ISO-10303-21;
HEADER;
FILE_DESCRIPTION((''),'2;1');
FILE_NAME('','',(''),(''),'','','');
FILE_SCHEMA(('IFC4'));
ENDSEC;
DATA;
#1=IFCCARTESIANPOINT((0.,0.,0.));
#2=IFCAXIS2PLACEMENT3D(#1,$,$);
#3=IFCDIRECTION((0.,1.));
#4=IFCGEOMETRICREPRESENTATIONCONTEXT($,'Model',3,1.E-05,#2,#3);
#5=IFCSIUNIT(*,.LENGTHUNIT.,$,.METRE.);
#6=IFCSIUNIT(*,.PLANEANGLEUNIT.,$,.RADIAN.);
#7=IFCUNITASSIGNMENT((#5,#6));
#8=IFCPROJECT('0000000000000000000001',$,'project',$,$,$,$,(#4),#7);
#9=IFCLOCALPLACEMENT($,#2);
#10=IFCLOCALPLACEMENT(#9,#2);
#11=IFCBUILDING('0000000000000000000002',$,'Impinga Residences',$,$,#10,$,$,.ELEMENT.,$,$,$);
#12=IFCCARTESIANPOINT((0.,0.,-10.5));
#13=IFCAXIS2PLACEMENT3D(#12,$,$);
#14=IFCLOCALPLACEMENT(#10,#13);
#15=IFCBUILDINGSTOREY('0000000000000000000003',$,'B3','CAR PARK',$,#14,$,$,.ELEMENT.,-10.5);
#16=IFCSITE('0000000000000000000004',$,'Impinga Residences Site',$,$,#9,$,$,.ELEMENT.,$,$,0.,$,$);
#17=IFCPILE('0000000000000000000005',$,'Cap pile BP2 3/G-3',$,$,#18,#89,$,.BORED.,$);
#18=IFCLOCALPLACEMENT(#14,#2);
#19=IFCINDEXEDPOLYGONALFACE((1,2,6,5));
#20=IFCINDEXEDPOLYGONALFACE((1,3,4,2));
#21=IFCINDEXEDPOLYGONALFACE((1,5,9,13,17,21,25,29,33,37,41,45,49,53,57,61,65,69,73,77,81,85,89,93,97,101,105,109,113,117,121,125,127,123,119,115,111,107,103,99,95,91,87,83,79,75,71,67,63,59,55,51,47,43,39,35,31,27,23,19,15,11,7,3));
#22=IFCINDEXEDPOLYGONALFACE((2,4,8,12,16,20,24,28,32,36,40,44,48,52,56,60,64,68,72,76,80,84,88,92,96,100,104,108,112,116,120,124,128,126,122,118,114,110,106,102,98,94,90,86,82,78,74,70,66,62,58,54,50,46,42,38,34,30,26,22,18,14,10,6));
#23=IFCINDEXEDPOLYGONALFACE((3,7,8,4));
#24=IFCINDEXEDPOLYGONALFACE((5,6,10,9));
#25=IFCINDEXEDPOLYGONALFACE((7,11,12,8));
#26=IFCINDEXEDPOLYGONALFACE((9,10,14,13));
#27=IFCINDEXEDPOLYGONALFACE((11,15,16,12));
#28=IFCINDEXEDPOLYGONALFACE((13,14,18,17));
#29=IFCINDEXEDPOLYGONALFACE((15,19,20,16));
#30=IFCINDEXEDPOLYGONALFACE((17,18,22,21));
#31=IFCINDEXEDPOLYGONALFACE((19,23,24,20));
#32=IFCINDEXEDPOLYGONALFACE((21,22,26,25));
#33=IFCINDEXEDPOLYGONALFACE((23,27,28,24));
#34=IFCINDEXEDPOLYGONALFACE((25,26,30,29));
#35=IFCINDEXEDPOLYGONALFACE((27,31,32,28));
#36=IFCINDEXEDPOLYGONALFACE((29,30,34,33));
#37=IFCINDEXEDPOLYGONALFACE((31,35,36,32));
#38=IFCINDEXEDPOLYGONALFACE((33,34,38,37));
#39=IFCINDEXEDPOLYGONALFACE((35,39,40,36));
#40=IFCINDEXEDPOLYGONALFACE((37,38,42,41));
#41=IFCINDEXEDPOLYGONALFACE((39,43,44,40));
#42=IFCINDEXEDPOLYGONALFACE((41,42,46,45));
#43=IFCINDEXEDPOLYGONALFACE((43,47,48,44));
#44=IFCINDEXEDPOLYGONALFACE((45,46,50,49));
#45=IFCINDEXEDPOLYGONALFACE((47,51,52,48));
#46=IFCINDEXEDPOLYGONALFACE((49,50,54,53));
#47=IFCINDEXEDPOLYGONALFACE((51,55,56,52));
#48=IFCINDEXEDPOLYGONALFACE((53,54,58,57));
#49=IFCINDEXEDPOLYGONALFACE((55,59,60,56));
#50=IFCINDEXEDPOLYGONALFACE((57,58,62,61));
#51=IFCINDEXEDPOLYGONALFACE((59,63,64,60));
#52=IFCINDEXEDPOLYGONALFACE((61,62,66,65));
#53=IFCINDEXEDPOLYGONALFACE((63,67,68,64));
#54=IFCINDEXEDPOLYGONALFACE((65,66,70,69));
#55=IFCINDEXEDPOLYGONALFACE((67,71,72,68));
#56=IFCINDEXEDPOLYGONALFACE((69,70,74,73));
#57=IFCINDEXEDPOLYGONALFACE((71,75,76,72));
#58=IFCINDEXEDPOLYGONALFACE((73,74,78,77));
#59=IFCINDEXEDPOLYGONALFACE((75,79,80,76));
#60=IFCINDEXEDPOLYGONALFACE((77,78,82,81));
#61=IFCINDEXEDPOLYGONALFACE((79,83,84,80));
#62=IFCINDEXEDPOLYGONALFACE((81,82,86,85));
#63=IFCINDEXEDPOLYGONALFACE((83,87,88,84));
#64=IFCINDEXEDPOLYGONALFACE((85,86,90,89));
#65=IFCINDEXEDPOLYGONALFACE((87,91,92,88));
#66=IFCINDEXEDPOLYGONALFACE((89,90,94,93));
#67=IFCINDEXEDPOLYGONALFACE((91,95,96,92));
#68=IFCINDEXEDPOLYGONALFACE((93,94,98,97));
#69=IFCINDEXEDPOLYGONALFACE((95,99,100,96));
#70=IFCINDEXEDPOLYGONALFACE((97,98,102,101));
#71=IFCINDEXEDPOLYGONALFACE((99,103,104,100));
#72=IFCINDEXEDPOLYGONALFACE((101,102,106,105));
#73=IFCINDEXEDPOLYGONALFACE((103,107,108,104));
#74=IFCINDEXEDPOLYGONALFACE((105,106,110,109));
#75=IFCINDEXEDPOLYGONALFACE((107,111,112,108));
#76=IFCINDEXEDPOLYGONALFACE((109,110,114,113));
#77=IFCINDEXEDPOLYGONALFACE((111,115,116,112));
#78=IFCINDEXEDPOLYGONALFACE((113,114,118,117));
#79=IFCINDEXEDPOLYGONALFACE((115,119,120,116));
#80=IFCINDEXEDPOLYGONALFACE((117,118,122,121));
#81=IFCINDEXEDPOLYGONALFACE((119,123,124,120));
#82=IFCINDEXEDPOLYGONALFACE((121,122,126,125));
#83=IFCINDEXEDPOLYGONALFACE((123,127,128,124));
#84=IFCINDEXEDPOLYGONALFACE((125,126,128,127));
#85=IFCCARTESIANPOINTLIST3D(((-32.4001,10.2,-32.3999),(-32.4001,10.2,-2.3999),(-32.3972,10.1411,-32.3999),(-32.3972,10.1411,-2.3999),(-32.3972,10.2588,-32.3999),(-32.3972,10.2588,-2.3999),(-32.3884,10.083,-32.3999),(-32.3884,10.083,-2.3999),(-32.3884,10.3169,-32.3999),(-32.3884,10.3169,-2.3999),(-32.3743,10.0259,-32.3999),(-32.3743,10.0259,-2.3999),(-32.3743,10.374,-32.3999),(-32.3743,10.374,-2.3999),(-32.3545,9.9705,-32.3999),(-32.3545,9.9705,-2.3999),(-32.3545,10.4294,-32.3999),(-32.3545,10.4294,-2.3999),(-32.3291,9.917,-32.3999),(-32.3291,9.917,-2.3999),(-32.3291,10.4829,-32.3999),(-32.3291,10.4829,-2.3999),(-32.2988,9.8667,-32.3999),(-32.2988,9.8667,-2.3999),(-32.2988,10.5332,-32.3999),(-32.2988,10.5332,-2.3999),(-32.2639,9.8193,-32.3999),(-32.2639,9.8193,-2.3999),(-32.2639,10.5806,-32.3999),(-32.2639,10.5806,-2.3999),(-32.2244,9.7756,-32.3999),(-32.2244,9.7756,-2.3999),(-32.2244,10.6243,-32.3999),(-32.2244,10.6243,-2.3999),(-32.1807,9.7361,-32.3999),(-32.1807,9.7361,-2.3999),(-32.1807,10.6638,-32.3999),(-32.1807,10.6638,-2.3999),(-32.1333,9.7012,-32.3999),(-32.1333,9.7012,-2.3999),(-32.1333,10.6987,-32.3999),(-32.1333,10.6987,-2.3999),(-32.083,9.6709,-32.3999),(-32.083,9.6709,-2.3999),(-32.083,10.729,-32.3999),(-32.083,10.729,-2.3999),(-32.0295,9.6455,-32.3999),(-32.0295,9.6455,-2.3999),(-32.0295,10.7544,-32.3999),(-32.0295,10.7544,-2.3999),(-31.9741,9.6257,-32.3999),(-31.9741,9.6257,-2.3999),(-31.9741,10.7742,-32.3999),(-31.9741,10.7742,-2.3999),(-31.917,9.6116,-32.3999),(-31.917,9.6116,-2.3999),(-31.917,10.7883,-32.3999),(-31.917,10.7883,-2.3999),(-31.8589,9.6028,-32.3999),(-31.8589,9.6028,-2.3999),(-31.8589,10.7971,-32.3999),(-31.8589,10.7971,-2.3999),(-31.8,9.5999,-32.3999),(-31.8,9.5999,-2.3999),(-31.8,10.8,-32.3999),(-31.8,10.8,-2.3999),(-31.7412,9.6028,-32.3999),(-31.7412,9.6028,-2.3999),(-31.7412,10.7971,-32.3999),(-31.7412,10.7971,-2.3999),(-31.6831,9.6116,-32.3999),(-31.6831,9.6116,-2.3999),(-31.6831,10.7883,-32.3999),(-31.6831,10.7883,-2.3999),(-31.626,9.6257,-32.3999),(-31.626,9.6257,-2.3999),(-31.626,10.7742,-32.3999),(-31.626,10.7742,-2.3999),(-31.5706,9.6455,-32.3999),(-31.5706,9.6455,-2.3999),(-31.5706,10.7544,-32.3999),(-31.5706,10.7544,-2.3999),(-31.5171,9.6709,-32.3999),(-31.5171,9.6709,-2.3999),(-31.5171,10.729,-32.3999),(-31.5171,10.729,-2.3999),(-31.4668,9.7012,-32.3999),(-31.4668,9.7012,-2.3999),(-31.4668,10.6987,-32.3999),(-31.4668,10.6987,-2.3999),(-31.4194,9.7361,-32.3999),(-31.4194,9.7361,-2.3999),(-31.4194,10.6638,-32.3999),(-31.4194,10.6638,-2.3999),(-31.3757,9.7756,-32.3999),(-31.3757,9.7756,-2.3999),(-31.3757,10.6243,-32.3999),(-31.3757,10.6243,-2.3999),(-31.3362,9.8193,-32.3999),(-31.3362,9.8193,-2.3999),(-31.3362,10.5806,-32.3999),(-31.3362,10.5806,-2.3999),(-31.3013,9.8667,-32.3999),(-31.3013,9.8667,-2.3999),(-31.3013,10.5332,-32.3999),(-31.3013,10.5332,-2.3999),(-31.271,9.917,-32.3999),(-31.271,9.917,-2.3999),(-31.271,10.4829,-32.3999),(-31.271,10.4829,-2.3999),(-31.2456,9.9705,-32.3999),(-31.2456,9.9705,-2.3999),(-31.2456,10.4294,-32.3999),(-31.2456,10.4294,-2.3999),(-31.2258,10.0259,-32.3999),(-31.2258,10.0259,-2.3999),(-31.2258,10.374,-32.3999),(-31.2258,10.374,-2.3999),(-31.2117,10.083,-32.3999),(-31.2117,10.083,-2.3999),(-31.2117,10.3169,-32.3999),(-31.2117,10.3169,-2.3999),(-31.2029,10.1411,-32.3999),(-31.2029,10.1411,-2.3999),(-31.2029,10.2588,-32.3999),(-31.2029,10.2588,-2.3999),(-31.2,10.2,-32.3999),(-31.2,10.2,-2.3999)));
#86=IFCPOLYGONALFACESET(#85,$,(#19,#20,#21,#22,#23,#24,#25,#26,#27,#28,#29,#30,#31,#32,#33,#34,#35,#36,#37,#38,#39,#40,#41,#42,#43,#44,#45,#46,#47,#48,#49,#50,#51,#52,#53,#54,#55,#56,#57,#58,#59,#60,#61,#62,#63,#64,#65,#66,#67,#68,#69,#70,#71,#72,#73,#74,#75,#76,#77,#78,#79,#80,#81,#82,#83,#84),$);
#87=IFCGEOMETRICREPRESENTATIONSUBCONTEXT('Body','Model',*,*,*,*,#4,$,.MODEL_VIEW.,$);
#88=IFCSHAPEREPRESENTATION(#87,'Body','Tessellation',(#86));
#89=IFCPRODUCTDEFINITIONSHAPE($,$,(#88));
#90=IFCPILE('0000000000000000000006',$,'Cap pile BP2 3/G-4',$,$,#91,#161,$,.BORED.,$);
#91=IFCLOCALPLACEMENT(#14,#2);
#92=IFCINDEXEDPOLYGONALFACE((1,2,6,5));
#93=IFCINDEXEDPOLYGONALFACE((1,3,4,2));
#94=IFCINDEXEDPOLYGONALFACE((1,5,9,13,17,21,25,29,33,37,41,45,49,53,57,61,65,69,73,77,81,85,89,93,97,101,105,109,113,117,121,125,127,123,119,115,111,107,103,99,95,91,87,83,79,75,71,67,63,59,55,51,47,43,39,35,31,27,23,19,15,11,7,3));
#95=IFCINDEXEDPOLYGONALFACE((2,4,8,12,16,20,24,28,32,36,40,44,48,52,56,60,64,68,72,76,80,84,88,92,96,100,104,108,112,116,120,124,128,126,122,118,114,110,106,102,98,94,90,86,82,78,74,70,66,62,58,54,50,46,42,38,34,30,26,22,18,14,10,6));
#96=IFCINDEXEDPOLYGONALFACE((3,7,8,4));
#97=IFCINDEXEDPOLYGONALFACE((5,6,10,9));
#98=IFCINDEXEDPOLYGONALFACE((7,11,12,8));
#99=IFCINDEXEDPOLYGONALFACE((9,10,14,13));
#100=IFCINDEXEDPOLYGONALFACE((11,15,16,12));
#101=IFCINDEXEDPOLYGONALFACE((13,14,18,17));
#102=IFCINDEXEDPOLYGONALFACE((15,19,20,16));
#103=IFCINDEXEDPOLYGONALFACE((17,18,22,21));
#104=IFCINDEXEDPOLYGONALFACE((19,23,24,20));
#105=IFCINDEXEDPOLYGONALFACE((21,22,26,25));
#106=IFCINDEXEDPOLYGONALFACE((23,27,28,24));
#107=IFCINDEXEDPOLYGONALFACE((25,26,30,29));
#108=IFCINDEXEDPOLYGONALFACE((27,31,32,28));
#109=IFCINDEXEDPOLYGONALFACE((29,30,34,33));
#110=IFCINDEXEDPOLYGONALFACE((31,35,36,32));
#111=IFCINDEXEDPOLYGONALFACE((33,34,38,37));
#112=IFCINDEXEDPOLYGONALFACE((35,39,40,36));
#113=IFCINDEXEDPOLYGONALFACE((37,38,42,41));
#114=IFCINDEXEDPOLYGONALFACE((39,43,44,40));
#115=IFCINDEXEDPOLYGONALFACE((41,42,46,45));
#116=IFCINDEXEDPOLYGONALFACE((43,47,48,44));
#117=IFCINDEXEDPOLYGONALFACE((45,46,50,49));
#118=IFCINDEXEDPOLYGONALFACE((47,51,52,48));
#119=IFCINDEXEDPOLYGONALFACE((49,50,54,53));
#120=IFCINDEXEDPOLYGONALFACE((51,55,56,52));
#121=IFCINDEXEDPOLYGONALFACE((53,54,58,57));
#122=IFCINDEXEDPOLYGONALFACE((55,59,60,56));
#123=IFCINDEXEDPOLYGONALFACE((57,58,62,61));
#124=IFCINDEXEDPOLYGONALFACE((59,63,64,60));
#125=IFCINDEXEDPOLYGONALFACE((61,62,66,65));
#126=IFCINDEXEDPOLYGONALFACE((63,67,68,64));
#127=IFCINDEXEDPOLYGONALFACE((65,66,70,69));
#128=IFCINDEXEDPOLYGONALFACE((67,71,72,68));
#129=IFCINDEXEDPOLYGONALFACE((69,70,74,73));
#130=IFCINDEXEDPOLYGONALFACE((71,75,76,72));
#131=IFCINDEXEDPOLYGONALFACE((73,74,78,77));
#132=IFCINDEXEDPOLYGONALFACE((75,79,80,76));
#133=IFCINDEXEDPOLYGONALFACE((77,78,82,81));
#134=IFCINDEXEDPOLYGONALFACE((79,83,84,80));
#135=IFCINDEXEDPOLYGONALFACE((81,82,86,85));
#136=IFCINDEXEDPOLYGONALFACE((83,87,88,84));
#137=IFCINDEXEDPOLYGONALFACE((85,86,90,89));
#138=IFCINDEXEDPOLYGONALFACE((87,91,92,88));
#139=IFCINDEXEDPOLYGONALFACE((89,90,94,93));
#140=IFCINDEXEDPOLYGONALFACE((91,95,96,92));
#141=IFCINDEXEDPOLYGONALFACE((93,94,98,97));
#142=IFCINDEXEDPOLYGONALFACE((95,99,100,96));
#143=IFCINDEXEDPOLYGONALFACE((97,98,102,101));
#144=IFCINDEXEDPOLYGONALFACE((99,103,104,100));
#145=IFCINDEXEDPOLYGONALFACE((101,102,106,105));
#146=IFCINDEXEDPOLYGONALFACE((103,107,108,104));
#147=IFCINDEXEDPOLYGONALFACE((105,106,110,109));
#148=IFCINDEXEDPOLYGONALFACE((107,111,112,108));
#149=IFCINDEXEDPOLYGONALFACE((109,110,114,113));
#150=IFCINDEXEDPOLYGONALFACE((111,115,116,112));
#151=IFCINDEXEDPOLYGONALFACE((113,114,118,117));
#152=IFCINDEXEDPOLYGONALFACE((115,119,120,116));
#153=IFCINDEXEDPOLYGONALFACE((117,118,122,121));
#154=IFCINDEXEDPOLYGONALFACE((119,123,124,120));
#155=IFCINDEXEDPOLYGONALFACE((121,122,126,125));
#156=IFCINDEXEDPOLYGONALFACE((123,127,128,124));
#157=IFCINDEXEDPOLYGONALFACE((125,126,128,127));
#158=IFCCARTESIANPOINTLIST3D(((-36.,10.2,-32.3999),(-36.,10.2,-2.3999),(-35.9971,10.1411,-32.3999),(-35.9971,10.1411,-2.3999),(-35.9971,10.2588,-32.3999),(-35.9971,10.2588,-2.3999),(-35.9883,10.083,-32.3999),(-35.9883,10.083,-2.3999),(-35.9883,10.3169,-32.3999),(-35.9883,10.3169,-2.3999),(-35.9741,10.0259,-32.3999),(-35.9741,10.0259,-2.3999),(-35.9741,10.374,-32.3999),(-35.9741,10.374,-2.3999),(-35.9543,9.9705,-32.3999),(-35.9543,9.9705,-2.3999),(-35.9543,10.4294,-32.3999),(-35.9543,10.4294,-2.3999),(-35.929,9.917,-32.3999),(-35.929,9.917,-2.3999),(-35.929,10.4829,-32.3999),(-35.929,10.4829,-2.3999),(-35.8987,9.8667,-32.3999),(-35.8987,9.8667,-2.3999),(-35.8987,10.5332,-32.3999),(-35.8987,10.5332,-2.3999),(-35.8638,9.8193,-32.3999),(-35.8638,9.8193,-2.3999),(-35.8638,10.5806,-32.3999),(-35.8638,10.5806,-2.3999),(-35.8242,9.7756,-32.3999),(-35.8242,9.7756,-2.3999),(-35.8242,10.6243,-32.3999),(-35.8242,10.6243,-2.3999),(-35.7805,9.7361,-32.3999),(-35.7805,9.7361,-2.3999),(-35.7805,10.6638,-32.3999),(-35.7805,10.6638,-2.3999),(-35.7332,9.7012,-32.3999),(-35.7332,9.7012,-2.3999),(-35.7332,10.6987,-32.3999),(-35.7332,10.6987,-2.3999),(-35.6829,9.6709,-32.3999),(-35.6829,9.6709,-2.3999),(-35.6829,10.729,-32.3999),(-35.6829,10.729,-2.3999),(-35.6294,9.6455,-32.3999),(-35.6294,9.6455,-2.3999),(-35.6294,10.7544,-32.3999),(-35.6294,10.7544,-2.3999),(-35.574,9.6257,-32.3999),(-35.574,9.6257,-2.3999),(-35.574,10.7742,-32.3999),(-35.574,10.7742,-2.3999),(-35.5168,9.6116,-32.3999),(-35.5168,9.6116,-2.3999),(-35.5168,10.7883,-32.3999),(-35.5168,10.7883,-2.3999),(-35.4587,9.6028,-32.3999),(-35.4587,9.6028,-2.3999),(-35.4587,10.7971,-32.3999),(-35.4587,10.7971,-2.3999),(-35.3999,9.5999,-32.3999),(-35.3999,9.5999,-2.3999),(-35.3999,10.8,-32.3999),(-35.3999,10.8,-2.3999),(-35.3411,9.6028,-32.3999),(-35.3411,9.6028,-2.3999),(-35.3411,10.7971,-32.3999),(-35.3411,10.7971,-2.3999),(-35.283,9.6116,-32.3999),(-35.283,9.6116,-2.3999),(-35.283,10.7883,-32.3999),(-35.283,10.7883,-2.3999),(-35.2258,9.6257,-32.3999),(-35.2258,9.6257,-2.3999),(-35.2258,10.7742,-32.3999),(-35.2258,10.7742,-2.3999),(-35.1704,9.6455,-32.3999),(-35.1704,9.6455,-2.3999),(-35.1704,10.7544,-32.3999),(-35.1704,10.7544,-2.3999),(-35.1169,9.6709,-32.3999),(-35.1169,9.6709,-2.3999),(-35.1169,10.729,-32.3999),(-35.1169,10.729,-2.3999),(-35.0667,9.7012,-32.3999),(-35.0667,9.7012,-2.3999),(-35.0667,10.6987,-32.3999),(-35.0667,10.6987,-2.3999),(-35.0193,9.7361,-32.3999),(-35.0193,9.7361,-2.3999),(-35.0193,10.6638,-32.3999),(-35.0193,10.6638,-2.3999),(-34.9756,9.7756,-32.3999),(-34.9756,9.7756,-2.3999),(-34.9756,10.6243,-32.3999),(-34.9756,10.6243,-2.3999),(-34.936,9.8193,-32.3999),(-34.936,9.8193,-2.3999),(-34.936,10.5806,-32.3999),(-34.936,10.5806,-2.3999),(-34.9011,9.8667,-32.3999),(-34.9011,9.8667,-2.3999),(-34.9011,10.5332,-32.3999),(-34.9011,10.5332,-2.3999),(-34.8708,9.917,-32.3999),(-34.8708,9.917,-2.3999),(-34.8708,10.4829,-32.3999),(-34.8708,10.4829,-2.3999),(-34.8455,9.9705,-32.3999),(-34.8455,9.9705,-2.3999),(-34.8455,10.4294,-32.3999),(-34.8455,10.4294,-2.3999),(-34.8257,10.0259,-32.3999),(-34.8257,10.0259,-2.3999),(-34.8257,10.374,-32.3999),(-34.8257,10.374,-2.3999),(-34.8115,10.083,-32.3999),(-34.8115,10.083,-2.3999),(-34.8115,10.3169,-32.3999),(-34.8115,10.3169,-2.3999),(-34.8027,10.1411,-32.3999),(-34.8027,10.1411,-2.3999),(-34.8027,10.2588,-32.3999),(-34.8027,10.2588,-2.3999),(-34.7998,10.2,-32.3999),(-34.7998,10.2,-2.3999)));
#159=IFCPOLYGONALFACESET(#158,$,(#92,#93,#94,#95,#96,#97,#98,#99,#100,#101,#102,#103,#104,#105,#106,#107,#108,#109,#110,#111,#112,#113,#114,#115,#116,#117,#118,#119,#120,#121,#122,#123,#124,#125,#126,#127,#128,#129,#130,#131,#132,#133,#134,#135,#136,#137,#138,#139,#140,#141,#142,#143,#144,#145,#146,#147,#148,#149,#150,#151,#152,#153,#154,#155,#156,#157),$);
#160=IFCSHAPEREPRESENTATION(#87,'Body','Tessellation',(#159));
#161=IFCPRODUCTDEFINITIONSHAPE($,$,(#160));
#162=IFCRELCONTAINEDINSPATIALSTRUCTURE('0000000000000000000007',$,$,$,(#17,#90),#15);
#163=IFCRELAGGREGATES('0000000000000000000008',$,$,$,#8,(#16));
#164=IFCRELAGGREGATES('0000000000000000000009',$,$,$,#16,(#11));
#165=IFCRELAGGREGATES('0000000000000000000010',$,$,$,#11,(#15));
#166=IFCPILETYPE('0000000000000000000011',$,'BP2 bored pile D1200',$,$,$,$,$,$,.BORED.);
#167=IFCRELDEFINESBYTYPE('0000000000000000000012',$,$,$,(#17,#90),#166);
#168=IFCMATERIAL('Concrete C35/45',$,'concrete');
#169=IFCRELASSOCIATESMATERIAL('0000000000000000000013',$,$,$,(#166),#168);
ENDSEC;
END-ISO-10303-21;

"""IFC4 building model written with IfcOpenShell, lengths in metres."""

from ifc_helpers import new_model, si_unit, direction, frame, origin, origin_2d, place, context, subcontext, project, spatial, polyline, circle, outline, extrude, material, material_profile, profile_set, type_object, element, save


model = new_model("IFC4")

# Units and contexts
model_context = context("Model", 3, precision=1e-05, world=origin(), true_north=direction((0.0, 1.0)))
body_context = subcontext(model_context, "Body", "Model", "MODEL_VIEW")
ifc_project = project(units=[si_unit("LENGTHUNIT", "METRE"), si_unit("PLANEANGLEUNIT", "RADIAN")], contexts=[model_context])

# Site, building, storey
site_placement = place(None, origin())
site = spatial("IfcSite", under=ifc_project, at=site_placement, Name="Impinga Residences Site", CompositionType="ELEMENT", RefElevation=0.0)
building_placement = place(site_placement, origin())
building = spatial("IfcBuilding", under=site, at=building_placement, Name="Impinga Residences", CompositionType="ELEMENT")
storey_placement = place(building_placement, frame((0.0, 0.0, -10.5)))
storey = spatial("IfcBuildingStorey", under=building, at=storey_placement, Name="B3", Description="CAR PARK", CompositionType="ELEMENT", Elevation=-10.5)

# Piles
ifc_material_1 = material(Name="Concrete C35/45", Category="concrete")
ifc_material_profile_1 = material_profile(ifc_material_1, circle(Radius=0.6001, at=origin_2d()), Name="D1200")
ifc_profile_set_1 = profile_set([ifc_material_profile_1], Name="Concrete C35/45")
pile_type = type_object("IfcPileType", Name="BP2 bored pile D1200", PredefinedType="BORED", material=ifc_profile_set_1)
pile_1_placement = place(storey_placement, frame((-31.8, 10.2, -2.3999), z_axis=(0.0, 0.0, -1.0), x_axis=(1.0, 0.0, 0.0)))
element("IfcPile", 1, at=pile_1_placement, inside=storey, type_object=pile_type, Name="Cap pile BP2 3/G-3", PredefinedType="BORED", context=body_context, shape_type="SweptSolid", body=[
    extrude(outline(polyline([(0.6001, 0.0), (0.5972, 0.0588), (0.5884, 0.1169), (0.5742, 0.1741), (0.5544, 0.2295), (0.5291, 0.283), (0.4988, 0.3333), (0.4639, 0.3806), (0.4243, 0.4243), (0.3806, 0.4639), (0.3333, 0.4988), (0.283, 0.5291), (0.2295, 0.5544), (0.1741, 0.5742), (0.1169, 0.5884), (0.0588, 0.5972), (0.0, 0.6001), (-0.0588, 0.5972), (-0.1169, 0.5884), (-0.1741, 0.5742), (-0.2295, 0.5544), (-0.283, 0.5291), (-0.3333, 0.4988), (-0.3806, 0.4639), (-0.4243, 0.4243), (-0.4639, 0.3806), (-0.4988, 0.3333), (-0.5291, 0.283), (-0.5544, 0.2295), (-0.5742, 0.1741), (-0.5884, 0.1169), (-0.5972, 0.0588), (-0.6001, 0.0), (-0.5972, -0.0588), (-0.5884, -0.1169), (-0.5742, -0.1741), (-0.5544, -0.2295), (-0.5291, -0.283), (-0.4988, -0.3333), (-0.4639, -0.3806), (-0.4243, -0.4243), (-0.3806, -0.4639), (-0.3333, -0.4988), (-0.283, -0.5291), (-0.2295, -0.5544), (-0.1741, -0.5742), (-0.1169, -0.5884), (-0.0588, -0.5972), (0.0, -0.6001), (0.0588, -0.5972), (0.1169, -0.5884), (0.1741, -0.5742), (0.2295, -0.5544), (0.283, -0.5291), (0.3333, -0.4988), (0.3806, -0.4639), (0.4243, -0.4243), (0.4639, -0.3806), (0.4988, -0.3333), (0.5291, -0.283), (0.5544, -0.2295), (0.5742, -0.1741), (0.5884, -0.1169), (0.5972, -0.0588), (0.6001, 0.0)])), origin(), (0.0, 0.0, 1.0), 30.0),
])
pile_2_placement = place(storey_placement, frame((-35.3999, 10.2, -2.3999), z_axis=(0.0, 0.0, -1.0), x_axis=(1.0, 0.0, 0.0)))
element("IfcPile", 2, at=pile_2_placement, inside=storey, type_object=pile_type, Name="Cap pile BP2 3/G-4", PredefinedType="BORED", context=body_context, shape_type="SweptSolid", body=[
    extrude(outline(polyline([(0.6001, 0.0), (0.5972, 0.0588), (0.5884, 0.1169), (0.5742, 0.1741), (0.5544, 0.2295), (0.5291, 0.283), (0.4988, 0.3333), (0.4639, 0.3806), (0.4243, 0.4243), (0.3806, 0.4639), (0.3333, 0.4988), (0.283, 0.5291), (0.2295, 0.5544), (0.1741, 0.5742), (0.1169, 0.5884), (0.0588, 0.5972), (0.0, 0.6001), (-0.0588, 0.5972), (-0.1169, 0.5884), (-0.1741, 0.5742), (-0.2295, 0.5544), (-0.283, 0.5291), (-0.3333, 0.4988), (-0.3806, 0.4639), (-0.4243, 0.4243), (-0.4639, 0.3806), (-0.4988, 0.3333), (-0.5291, 0.283), (-0.5544, 0.2295), (-0.5742, 0.1741), (-0.5884, 0.1169), (-0.5972, 0.0588), (-0.6001, 0.0), (-0.5972, -0.0588), (-0.5884, -0.1169), (-0.5742, -0.1741), (-0.5544, -0.2295), (-0.5291, -0.283), (-0.4988, -0.3333), (-0.4639, -0.3806), (-0.4243, -0.4243), (-0.3806, -0.4639), (-0.3333, -0.4988), (-0.283, -0.5291), (-0.2295, -0.5544), (-0.1741, -0.5742), (-0.1169, -0.5884), (-0.0588, -0.5972), (0.0, -0.6001), (0.0588, -0.5972), (0.1169, -0.5884), (0.1741, -0.5742), (0.2295, -0.5544), (0.283, -0.5291), (0.3333, -0.4988), (0.3806, -0.4639), (0.4243, -0.4243), (0.4639, -0.3806), (0.4988, -0.3333), (0.5291, -0.283), (0.5544, -0.2295), (0.5742, -0.1741), (0.5884, -0.1169), (0.5972, -0.0588), (0.6001, 0.0)])), origin(), (0.0, 0.0, 1.0), 30.0),
])

save(model, "model.ifc")
